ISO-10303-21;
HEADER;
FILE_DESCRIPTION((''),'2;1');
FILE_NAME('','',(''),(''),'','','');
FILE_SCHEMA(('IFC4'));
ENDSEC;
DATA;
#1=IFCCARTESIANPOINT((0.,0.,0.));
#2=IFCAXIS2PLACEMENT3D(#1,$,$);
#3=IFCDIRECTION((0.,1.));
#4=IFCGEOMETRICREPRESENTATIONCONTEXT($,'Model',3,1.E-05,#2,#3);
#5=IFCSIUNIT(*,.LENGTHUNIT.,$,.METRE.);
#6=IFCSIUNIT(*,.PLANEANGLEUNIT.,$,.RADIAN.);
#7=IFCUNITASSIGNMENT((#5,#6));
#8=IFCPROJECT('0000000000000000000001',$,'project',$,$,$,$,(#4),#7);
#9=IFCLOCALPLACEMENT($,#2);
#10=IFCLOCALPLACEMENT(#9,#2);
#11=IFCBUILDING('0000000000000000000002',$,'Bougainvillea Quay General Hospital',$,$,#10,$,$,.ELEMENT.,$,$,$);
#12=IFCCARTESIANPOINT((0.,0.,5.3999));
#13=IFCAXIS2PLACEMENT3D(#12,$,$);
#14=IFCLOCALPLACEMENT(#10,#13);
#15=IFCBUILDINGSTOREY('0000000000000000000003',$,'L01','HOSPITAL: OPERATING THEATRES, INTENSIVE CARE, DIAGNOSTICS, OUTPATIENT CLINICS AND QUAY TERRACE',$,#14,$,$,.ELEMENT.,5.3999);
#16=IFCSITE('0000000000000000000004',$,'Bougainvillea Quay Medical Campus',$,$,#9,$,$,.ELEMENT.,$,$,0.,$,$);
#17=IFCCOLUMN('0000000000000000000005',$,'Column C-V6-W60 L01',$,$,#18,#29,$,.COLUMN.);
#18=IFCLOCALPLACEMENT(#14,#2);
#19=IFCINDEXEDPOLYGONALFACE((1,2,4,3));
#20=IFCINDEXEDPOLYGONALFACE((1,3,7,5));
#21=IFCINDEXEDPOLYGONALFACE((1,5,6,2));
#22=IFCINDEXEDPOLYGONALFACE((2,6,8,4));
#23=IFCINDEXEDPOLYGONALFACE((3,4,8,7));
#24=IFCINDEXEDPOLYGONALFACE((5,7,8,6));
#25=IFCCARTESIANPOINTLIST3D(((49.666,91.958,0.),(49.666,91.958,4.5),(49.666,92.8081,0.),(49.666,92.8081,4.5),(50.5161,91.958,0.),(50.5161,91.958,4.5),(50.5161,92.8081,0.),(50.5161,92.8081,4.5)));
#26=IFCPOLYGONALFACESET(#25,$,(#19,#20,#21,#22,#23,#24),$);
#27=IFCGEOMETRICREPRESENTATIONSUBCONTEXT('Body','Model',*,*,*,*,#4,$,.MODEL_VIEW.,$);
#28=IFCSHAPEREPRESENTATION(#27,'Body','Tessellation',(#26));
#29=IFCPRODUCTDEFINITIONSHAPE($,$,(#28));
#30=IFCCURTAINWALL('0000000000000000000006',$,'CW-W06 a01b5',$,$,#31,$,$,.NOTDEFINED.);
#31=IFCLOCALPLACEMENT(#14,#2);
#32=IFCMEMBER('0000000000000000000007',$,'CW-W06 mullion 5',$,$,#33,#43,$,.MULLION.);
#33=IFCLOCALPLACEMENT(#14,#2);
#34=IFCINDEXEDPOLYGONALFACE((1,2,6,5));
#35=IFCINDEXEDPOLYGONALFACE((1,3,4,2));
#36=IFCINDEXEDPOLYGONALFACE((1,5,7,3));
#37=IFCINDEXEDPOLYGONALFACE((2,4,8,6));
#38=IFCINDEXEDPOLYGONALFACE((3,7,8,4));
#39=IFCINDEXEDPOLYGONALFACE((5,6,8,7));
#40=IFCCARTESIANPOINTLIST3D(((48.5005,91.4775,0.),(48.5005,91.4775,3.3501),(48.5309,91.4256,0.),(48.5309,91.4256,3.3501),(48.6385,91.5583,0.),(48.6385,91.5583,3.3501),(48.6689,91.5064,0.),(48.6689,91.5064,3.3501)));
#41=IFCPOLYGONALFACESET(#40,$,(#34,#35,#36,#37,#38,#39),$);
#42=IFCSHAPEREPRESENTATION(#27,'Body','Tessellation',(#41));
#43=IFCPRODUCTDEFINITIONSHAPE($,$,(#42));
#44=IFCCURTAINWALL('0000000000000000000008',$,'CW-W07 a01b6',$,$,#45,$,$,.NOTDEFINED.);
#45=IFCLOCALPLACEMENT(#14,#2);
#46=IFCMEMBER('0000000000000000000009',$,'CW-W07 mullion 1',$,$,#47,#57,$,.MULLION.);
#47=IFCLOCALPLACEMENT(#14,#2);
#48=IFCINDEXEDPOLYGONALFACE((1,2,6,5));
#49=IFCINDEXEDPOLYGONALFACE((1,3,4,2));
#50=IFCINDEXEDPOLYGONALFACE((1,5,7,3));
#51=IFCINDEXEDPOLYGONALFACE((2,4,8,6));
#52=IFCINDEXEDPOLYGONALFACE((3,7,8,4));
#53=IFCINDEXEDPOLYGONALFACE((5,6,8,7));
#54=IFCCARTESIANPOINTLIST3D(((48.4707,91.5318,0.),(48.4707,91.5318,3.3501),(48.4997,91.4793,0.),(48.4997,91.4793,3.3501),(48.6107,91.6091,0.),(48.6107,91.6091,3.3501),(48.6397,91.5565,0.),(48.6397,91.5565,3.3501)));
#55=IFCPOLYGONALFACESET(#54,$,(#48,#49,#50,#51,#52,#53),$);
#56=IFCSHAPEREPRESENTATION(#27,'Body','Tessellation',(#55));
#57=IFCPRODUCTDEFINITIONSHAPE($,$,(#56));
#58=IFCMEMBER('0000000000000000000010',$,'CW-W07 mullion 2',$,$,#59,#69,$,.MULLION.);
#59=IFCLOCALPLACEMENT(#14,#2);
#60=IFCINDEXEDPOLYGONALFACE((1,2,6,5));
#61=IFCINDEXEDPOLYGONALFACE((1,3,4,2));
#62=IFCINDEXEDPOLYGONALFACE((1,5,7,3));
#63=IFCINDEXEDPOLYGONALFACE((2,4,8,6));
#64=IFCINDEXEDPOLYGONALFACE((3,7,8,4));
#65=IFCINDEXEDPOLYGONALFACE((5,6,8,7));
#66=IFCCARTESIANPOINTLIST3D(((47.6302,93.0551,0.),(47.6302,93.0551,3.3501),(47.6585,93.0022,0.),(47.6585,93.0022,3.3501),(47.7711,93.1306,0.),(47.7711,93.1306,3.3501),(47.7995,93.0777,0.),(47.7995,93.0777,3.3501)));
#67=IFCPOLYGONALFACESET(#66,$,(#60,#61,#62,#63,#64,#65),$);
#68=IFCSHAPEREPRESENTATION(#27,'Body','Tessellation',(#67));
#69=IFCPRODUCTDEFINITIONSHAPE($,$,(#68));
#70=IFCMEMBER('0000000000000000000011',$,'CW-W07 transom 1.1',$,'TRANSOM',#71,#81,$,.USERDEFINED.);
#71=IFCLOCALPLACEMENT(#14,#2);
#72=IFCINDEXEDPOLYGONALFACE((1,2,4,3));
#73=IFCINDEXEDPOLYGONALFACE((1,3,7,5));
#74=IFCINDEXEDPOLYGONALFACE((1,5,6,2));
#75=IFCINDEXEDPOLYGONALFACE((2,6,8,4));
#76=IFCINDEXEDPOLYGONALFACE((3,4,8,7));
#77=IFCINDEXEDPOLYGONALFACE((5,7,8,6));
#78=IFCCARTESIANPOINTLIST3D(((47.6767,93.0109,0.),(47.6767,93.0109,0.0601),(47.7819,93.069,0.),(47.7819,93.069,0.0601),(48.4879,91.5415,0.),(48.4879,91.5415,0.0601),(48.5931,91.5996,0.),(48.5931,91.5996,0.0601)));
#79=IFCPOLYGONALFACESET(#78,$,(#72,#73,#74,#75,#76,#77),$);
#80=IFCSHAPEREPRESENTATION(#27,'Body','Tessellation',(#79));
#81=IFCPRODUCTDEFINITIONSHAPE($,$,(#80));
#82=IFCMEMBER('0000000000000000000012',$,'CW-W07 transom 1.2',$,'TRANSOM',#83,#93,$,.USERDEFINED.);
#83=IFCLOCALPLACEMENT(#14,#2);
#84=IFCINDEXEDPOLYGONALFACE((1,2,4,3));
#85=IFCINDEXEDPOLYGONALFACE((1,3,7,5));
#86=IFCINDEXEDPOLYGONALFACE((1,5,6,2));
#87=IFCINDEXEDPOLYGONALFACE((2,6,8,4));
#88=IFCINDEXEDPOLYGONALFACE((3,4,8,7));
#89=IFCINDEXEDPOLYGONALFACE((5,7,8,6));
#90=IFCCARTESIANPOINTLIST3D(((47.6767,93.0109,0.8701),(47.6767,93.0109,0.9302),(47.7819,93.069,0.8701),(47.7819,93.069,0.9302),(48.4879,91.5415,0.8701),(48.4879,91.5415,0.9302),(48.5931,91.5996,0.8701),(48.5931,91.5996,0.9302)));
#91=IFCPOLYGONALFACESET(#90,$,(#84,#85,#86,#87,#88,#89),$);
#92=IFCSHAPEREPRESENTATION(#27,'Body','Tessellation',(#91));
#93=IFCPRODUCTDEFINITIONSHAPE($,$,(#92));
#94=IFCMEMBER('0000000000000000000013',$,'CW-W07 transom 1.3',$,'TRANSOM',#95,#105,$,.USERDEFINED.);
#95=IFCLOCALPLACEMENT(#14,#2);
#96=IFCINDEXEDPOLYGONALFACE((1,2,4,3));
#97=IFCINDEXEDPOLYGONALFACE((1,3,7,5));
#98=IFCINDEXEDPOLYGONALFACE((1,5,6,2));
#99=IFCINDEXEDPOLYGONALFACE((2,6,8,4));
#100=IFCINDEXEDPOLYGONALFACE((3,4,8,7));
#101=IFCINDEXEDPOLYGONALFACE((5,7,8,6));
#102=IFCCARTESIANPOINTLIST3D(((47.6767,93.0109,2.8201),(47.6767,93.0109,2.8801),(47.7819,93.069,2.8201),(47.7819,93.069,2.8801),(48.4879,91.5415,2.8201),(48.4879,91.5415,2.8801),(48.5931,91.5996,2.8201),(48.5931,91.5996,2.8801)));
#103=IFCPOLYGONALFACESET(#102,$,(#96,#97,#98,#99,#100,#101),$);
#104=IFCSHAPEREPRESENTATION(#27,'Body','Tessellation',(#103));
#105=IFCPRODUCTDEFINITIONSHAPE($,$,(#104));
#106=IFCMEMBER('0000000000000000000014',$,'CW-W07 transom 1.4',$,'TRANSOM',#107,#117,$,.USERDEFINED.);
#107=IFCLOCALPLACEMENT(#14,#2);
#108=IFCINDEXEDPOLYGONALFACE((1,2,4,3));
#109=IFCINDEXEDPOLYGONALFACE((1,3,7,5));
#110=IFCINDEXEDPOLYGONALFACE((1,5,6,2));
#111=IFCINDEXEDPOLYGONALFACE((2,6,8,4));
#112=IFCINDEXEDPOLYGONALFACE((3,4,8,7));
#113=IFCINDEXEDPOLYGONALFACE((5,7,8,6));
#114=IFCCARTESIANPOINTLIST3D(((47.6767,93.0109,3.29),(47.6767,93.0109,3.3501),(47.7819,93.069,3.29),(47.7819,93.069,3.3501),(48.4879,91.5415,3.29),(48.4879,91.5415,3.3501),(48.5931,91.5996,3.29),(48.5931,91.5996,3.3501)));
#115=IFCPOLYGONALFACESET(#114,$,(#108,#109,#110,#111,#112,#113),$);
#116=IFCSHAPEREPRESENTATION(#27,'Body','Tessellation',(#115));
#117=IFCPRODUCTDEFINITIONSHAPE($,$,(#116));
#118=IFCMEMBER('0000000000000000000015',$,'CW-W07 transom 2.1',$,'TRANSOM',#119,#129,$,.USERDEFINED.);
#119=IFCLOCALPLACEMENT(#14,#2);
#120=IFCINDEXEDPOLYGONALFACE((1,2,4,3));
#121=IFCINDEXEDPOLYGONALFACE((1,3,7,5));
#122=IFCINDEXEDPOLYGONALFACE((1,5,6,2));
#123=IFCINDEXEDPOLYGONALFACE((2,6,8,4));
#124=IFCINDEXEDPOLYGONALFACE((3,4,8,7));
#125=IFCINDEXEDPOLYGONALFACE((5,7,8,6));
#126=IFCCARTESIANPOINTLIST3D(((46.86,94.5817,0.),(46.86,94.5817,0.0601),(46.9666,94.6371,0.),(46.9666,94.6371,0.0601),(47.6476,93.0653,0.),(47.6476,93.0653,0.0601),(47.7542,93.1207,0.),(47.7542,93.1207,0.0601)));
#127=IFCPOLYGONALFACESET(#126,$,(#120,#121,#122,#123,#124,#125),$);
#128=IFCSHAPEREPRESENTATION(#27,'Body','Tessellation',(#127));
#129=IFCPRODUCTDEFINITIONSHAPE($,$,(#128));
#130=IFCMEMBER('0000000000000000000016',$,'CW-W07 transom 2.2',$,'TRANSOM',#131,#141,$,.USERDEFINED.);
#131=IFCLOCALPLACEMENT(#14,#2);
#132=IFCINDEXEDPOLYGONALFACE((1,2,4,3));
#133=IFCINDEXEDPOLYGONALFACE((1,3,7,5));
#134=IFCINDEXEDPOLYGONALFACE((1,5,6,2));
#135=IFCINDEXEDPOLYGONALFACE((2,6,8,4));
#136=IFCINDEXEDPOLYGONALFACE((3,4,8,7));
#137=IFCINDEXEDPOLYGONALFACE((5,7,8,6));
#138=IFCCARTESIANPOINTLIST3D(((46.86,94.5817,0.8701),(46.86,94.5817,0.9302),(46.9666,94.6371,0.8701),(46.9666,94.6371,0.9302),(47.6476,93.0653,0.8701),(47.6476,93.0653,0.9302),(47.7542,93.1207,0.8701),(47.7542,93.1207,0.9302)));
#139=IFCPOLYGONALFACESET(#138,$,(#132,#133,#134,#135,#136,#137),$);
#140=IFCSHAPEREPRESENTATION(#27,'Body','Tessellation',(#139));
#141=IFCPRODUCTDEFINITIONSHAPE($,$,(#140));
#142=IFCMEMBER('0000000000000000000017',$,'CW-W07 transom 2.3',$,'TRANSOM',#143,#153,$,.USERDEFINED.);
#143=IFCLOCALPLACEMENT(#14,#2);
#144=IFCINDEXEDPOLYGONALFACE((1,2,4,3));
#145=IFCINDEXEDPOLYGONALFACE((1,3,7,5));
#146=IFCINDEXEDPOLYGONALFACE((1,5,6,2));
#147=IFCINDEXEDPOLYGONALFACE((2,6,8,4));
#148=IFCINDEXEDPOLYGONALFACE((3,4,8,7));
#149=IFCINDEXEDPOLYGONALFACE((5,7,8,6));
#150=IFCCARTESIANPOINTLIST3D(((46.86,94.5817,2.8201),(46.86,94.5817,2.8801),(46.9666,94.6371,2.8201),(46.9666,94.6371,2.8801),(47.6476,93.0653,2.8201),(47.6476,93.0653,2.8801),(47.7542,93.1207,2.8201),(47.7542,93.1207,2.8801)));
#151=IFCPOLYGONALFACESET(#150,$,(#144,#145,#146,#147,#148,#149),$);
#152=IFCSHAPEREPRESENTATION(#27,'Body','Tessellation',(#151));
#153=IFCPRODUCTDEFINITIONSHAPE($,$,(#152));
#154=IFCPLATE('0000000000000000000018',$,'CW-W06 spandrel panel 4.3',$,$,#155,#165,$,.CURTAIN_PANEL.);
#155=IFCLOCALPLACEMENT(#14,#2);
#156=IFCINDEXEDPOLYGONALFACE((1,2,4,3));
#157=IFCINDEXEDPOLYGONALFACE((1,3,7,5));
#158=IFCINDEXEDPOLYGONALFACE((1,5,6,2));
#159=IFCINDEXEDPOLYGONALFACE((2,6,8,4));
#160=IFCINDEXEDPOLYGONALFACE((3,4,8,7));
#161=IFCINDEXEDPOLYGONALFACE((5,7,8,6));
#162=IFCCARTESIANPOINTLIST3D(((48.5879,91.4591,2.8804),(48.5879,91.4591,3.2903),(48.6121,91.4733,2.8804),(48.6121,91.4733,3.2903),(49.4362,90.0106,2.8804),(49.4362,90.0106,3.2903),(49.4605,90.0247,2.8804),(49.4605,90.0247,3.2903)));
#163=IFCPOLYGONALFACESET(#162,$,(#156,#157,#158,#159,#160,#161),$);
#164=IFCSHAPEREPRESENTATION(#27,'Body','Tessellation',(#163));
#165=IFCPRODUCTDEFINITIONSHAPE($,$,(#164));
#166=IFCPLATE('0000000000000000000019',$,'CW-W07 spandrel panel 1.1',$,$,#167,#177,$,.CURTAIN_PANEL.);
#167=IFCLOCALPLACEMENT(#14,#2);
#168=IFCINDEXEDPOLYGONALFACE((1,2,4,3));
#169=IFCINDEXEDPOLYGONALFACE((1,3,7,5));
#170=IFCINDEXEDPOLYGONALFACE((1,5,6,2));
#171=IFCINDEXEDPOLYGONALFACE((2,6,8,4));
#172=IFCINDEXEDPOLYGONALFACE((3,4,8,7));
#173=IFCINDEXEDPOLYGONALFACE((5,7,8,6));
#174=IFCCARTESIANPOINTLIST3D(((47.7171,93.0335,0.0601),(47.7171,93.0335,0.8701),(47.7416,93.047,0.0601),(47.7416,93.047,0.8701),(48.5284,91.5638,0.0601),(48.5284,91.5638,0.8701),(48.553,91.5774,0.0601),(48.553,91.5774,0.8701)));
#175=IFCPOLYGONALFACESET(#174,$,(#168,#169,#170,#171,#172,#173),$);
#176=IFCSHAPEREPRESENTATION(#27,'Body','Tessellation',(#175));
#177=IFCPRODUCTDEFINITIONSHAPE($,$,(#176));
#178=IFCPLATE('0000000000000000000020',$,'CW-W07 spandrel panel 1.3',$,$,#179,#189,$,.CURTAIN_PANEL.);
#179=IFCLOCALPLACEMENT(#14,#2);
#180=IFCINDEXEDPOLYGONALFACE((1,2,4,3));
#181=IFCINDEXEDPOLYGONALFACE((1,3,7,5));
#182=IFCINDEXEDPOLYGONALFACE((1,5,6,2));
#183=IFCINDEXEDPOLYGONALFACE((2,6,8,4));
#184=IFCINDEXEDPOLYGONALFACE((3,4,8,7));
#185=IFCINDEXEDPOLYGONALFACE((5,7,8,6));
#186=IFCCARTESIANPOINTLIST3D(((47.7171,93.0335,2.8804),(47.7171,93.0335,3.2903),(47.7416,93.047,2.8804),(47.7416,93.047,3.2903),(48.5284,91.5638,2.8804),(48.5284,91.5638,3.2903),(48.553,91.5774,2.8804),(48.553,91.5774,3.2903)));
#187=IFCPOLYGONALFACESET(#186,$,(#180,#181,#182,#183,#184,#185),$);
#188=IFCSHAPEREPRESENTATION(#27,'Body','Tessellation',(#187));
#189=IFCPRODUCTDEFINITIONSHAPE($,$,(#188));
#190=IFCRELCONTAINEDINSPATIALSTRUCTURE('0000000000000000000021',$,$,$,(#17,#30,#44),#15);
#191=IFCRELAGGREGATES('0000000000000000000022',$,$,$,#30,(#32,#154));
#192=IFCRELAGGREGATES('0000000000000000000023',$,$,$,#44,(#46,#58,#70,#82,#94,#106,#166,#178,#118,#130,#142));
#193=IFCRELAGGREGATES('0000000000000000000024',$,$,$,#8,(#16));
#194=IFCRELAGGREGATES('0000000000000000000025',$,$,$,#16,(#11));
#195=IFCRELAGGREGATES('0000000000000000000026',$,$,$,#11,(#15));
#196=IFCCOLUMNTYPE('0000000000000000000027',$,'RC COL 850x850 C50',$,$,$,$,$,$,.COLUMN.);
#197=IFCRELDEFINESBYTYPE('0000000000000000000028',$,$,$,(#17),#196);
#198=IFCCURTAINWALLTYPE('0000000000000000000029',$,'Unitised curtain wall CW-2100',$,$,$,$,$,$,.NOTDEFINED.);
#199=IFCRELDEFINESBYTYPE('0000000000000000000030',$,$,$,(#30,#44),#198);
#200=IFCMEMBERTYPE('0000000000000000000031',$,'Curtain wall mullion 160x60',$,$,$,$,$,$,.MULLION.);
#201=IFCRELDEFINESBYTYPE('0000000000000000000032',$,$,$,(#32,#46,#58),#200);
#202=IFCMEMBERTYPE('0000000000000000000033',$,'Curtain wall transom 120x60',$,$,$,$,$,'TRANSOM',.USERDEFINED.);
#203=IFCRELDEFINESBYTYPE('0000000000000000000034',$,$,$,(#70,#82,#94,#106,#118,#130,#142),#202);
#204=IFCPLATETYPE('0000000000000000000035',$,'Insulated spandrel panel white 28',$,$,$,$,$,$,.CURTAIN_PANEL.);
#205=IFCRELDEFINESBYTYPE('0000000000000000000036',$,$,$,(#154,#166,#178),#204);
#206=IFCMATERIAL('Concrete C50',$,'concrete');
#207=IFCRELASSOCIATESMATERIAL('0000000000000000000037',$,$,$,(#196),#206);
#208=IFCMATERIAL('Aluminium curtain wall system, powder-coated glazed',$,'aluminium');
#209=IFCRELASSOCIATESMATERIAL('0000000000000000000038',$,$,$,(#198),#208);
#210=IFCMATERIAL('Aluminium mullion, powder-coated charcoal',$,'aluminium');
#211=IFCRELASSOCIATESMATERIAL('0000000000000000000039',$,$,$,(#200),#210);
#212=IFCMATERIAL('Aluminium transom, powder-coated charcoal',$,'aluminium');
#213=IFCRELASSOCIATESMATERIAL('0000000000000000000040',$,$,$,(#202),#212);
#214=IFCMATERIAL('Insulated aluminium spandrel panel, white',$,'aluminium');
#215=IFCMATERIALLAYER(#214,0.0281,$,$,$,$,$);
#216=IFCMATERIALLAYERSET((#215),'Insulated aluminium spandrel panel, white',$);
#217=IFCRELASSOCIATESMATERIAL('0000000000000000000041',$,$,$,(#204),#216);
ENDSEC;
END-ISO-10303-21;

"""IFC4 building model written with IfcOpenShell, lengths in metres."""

from ifc_helpers import new_model, si_unit, direction, frame, origin, origin_2d, place, context, subcontext, project, spatial, rectangle, extrude, material, layer, layer_set, material_profile, profile_set, type_object, element, aggregate, save


model = new_model("IFC4")

# Units and contexts
model_context = context("Model", 3, precision=1e-05, world=origin(), true_north=direction((0.0, 1.0)))
body_context = subcontext(model_context, "Body", "Model", "MODEL_VIEW")
ifc_project = project(units=[si_unit("LENGTHUNIT", "METRE"), si_unit("PLANEANGLEUNIT", "RADIAN")], contexts=[model_context])

# Site, building, storey
site_placement = place(None, origin())
site = spatial("IfcSite", under=ifc_project, at=site_placement, Name="Bougainvillea Quay Medical Campus", CompositionType="ELEMENT", RefElevation=0.0)
building_placement = place(site_placement, origin())
building = spatial("IfcBuilding", under=site, at=building_placement, Name="Bougainvillea Quay General Hospital", CompositionType="ELEMENT")
storey_placement = place(building_placement, frame((0.0, 0.0, 5.3999)))
storey = spatial("IfcBuildingStorey", under=building, at=storey_placement, Name="L01", Description="HOSPITAL: OPERATING THEATRES, INTENSIVE CARE, DIAGNOSTICS, OUTPATIENT CLINICS AND QUAY TERRACE", CompositionType="ELEMENT", Elevation=5.3999)

# Column
ifc_material_1 = material(Name="Concrete C50", Category="concrete")
ifc_material_profile_1 = material_profile(ifc_material_1, rectangle(XDim=0.8501, YDim=0.8501, at=origin_2d()))
ifc_profile_set_1 = profile_set([ifc_material_profile_1], Name="Concrete C50")
column_type = type_object("IfcColumnType", Name="RC COL 850x850 C50", PredefinedType="COLUMN", material=ifc_profile_set_1)
column_placement = place(storey_placement, frame((50.0911, 92.3831, 0.0), z_axis=(0.0, 0.0, 1.0), x_axis=(1.0, 0.0, 0.0)))
element("IfcColumn", 1, at=column_placement, inside=storey, type_object=column_type, Name="Column C-V6-W60 L01", PredefinedType="COLUMN", context=body_context, shape_type="SweptSolid", body=[
    extrude(rectangle(XDim=0.8501, YDim=0.8501, at=origin_2d()), origin(), (0.0, 0.0, 1.0), 4.5),
])

# Curtain wall, member
ifc_material_2 = material(Name="Aluminium curtain wall system, powder-coated glazed", Category="aluminium")
curtain_wall_type = type_object("IfcCurtainWallType", Name="Unitised curtain wall CW-2100", PredefinedType="NOTDEFINED", material=ifc_material_2)
curtain_wall_1_placement = place(storey_placement, origin())
curtain_wall_1 = element("IfcCurtainWall", 2, at=curtain_wall_1_placement, inside=storey, type_object=curtain_wall_type, Name="CW-W06 a01b5", PredefinedType="NOTDEFINED")
ifc_material_3 = material(Name="Aluminium mullion, powder-coated charcoal", Category="aluminium")
ifc_material_profile_2 = material_profile(ifc_material_3, rectangle(XDim=0.1599, YDim=0.0601, at=origin_2d()))
ifc_profile_set_2 = profile_set([ifc_material_profile_2], Name="Aluminium mullion, powder-coated charcoal")
member_type_1 = type_object("IfcMemberType", Name="Curtain wall mullion 160x60", PredefinedType="MULLION", material=ifc_profile_set_2)
member_1_placement = place(storey_placement, frame((48.5847, 91.4919, 0.0), z_axis=(0.0, 0.0, 1.0), x_axis=(-0.862915, -0.505349, 0.0)))
member_1 = element("IfcMember", 3, at=member_1_placement, type_object=member_type_1, Name="CW-W06 mullion 5", PredefinedType="MULLION", context=body_context, shape_type="SweptSolid", body=[
    extrude(rectangle(XDim=0.1599, YDim=0.0601, at=origin_2d()), origin(), (0.0, 0.0, 1.0), 3.3501),
])

# Curtain wall, members
curtain_wall_2_placement = place(storey_placement, origin())
curtain_wall_2 = element("IfcCurtainWall", 4, at=curtain_wall_2_placement, inside=storey, type_object=curtain_wall_type, Name="CW-W07 a01b6", PredefinedType="NOTDEFINED")
member_2_placement = place(storey_placement, frame((48.5552, 91.5442, 0.0), z_axis=(0.0, 0.0, 1.0), x_axis=(-0.875452, -0.483305, 0.0)))
member_2 = element("IfcMember", 5, at=member_2_placement, type_object=member_type_1, Name="CW-W07 mullion 1", PredefinedType="MULLION", context=body_context, shape_type="SweptSolid", body=[
    extrude(rectangle(XDim=0.1599, YDim=0.0601, at=origin_2d()), origin(), (0.0, 0.0, 1.0), 3.3501),
])
member_3_placement = place(storey_placement, frame((47.7148, 93.0664, 0.0), z_axis=(0.0, 0.0, 1.0), x_axis=(-0.88151, -0.472166, 0.0)))
member_3 = element("IfcMember", 6, at=member_3_placement, type_object=member_type_1, Name="CW-W07 mullion 2", PredefinedType="MULLION", context=body_context, shape_type="SweptSolid", body=[
    extrude(rectangle(XDim=0.1599, YDim=0.0601, at=origin_2d()), origin(), (0.0, 0.0, 1.0), 3.3501),
])
ifc_material_4 = material(Name="Aluminium transom, powder-coated charcoal", Category="aluminium")
ifc_material_profile_3 = material_profile(ifc_material_4, rectangle(XDim=0.1201, YDim=0.0601, at=origin_2d()))
ifc_profile_set_3 = profile_set([ifc_material_profile_3], Name="Aluminium transom, powder-coated charcoal")
member_type_2 = type_object("IfcMemberType", Name="Curtain wall transom 120x60", ElementType="TRANSOM", PredefinedType="USERDEFINED", material=ifc_profile_set_3)
member_4_placement = place(storey_placement, frame((48.5405, 91.5706, 0.03), z_axis=(-0.48332, 0.875444, 0.0), x_axis=(-0.875444, -0.48332, 0.0)))
member_4 = element("IfcMember", 7, at=member_4_placement, type_object=member_type_2, Name="CW-W07 transom 1.1", ObjectType="TRANSOM", PredefinedType="USERDEFINED", context=body_context, shape_type="SweptSolid", body=[
    extrude(rectangle(XDim=0.1201, YDim=0.0601, at=origin_2d()), origin(), (0.0, 0.0, 1.0), 1.6785),
])
member_5_placement = place(storey_placement, frame((48.5405, 91.5706, 0.9001), z_axis=(-0.48332, 0.875444, 0.0), x_axis=(-0.875444, -0.48332, 0.0)))
member_5 = element("IfcMember", 8, at=member_5_placement, type_object=member_type_2, Name="CW-W07 transom 1.2", ObjectType="TRANSOM", PredefinedType="USERDEFINED", context=body_context, shape_type="SweptSolid", body=[
    extrude(rectangle(XDim=0.1201, YDim=0.0601, at=origin_2d()), origin(), (0.0, 0.0, 1.0), 1.6785),
])
member_6_placement = place(storey_placement, frame((48.5405, 91.5706, 2.8501), z_axis=(-0.48332, 0.875444, 0.0), x_axis=(-0.875444, -0.48332, 0.0)))
member_6 = element("IfcMember", 9, at=member_6_placement, type_object=member_type_2, Name="CW-W07 transom 1.3", ObjectType="TRANSOM", PredefinedType="USERDEFINED", context=body_context, shape_type="SweptSolid", body=[
    extrude(rectangle(XDim=0.1201, YDim=0.0601, at=origin_2d()), origin(), (0.0, 0.0, 1.0), 1.6785),
])
member_7_placement = place(storey_placement, frame((48.5405, 91.5706, 3.3201), z_axis=(-0.48332, 0.875444, 0.0), x_axis=(-0.875444, -0.48332, 0.0)))
member_7 = element("IfcMember", 10, at=member_7_placement, type_object=member_type_2, Name="CW-W07 transom 1.4", ObjectType="TRANSOM", PredefinedType="USERDEFINED", context=body_context, shape_type="SweptSolid", body=[
    extrude(rectangle(XDim=0.1201, YDim=0.0601, at=origin_2d()), origin(), (0.0, 0.0, 1.0), 1.6785),
])
member_8_placement = place(storey_placement, frame((47.7009, 93.093, 0.03), z_axis=(-0.460934, 0.887434, 0.0), x_axis=(-0.887434, -0.460934, 0.0)))
member_8 = element("IfcMember", 11, at=member_8_placement, type_object=member_type_2, Name="CW-W07 transom 2.1", ObjectType="TRANSOM", PredefinedType="USERDEFINED", context=body_context, shape_type="SweptSolid", body=[
    extrude(rectangle(XDim=0.1201, YDim=0.0601, at=origin_2d()), origin(), (0.0, 0.0, 1.0), 1.7087),
])
member_9_placement = place(storey_placement, frame((47.7009, 93.093, 0.9001), z_axis=(-0.460934, 0.887434, 0.0), x_axis=(-0.887434, -0.460934, 0.0)))
member_9 = element("IfcMember", 12, at=member_9_placement, type_object=member_type_2, Name="CW-W07 transom 2.2", ObjectType="TRANSOM", PredefinedType="USERDEFINED", context=body_context, shape_type="SweptSolid", body=[
    extrude(rectangle(XDim=0.1201, YDim=0.0601, at=origin_2d()), origin(), (0.0, 0.0, 1.0), 1.7087),
])
member_10_placement = place(storey_placement, frame((47.7009, 93.093, 2.8501), z_axis=(-0.460934, 0.887434, 0.0), x_axis=(-0.887434, -0.460934, 0.0)))
member_10 = element("IfcMember", 13, at=member_10_placement, type_object=member_type_2, Name="CW-W07 transom 2.3", ObjectType="TRANSOM", PredefinedType="USERDEFINED", context=body_context, shape_type="SweptSolid", body=[
    extrude(rectangle(XDim=0.1201, YDim=0.0601, at=origin_2d()), origin(), (0.0, 0.0, 1.0), 1.7087),
])

# Plates
ifc_material_5 = material(Name="Insulated aluminium spandrel panel, white", Category="aluminium")
ifc_layer_1 = layer(ifc_material_5, 0.0281)
ifc_layer_set_1 = layer_set([ifc_layer_1], Name="Insulated aluminium spandrel panel, white")
plate_type_1 = type_object("IfcPlateType", Name="Insulated spandrel panel white 28", PredefinedType="CURTAIN_PANEL", material=ifc_layer_set_1)
plate_1_placement = place(storey_placement, frame((49.0242, 90.7419, 2.8804), z_axis=(0.0, 0.0, 1.0), x_axis=(-0.505349, 0.862915, 0.0)))
plate_1 = element("IfcPlate", 14, at=plate_1_placement, type_object=plate_type_1, Name="CW-W06 spandrel panel 4.3", PredefinedType="CURTAIN_PANEL", context=body_context, shape_type="SweptSolid", body=[
    extrude(rectangle(XDim=1.6787, YDim=0.0281, at=origin_2d()), origin(), (0.0, 0.0, 1.0), 0.4099),
])
aggregate(curtain_wall_1, [member_1, plate_1])
plate_2_placement = place(storey_placement, frame((48.135, 92.3054, 0.0601), z_axis=(0.0, 0.0, 1.0), x_axis=(-0.483305, 0.875452, 0.0)))
plate_2 = element("IfcPlate", 15, at=plate_2_placement, type_object=plate_type_1, Name="CW-W07 spandrel panel 1.1", PredefinedType="CURTAIN_PANEL", context=body_context, shape_type="SweptSolid", body=[
    extrude(rectangle(XDim=1.6787, YDim=0.0281, at=origin_2d()), origin(), (0.0, 0.0, 1.0), 0.8101),
])
plate_3_placement = place(storey_placement, frame((48.135, 92.3054, 2.8804), z_axis=(0.0, 0.0, 1.0), x_axis=(-0.483305, 0.875452, 0.0)))
plate_3 = element("IfcPlate", 16, at=plate_3_placement, type_object=plate_type_1, Name="CW-W07 spandrel panel 1.3", PredefinedType="CURTAIN_PANEL", context=body_context, shape_type="SweptSolid", body=[
    extrude(rectangle(XDim=1.6787, YDim=0.0281, at=origin_2d()), origin(), (0.0, 0.0, 1.0), 0.4099),
])
aggregate(curtain_wall_2, [member_2, member_3, member_4, member_5, member_6, member_7, plate_2, plate_3, member_8, member_9, member_10])

save(model, "model.ifc")
